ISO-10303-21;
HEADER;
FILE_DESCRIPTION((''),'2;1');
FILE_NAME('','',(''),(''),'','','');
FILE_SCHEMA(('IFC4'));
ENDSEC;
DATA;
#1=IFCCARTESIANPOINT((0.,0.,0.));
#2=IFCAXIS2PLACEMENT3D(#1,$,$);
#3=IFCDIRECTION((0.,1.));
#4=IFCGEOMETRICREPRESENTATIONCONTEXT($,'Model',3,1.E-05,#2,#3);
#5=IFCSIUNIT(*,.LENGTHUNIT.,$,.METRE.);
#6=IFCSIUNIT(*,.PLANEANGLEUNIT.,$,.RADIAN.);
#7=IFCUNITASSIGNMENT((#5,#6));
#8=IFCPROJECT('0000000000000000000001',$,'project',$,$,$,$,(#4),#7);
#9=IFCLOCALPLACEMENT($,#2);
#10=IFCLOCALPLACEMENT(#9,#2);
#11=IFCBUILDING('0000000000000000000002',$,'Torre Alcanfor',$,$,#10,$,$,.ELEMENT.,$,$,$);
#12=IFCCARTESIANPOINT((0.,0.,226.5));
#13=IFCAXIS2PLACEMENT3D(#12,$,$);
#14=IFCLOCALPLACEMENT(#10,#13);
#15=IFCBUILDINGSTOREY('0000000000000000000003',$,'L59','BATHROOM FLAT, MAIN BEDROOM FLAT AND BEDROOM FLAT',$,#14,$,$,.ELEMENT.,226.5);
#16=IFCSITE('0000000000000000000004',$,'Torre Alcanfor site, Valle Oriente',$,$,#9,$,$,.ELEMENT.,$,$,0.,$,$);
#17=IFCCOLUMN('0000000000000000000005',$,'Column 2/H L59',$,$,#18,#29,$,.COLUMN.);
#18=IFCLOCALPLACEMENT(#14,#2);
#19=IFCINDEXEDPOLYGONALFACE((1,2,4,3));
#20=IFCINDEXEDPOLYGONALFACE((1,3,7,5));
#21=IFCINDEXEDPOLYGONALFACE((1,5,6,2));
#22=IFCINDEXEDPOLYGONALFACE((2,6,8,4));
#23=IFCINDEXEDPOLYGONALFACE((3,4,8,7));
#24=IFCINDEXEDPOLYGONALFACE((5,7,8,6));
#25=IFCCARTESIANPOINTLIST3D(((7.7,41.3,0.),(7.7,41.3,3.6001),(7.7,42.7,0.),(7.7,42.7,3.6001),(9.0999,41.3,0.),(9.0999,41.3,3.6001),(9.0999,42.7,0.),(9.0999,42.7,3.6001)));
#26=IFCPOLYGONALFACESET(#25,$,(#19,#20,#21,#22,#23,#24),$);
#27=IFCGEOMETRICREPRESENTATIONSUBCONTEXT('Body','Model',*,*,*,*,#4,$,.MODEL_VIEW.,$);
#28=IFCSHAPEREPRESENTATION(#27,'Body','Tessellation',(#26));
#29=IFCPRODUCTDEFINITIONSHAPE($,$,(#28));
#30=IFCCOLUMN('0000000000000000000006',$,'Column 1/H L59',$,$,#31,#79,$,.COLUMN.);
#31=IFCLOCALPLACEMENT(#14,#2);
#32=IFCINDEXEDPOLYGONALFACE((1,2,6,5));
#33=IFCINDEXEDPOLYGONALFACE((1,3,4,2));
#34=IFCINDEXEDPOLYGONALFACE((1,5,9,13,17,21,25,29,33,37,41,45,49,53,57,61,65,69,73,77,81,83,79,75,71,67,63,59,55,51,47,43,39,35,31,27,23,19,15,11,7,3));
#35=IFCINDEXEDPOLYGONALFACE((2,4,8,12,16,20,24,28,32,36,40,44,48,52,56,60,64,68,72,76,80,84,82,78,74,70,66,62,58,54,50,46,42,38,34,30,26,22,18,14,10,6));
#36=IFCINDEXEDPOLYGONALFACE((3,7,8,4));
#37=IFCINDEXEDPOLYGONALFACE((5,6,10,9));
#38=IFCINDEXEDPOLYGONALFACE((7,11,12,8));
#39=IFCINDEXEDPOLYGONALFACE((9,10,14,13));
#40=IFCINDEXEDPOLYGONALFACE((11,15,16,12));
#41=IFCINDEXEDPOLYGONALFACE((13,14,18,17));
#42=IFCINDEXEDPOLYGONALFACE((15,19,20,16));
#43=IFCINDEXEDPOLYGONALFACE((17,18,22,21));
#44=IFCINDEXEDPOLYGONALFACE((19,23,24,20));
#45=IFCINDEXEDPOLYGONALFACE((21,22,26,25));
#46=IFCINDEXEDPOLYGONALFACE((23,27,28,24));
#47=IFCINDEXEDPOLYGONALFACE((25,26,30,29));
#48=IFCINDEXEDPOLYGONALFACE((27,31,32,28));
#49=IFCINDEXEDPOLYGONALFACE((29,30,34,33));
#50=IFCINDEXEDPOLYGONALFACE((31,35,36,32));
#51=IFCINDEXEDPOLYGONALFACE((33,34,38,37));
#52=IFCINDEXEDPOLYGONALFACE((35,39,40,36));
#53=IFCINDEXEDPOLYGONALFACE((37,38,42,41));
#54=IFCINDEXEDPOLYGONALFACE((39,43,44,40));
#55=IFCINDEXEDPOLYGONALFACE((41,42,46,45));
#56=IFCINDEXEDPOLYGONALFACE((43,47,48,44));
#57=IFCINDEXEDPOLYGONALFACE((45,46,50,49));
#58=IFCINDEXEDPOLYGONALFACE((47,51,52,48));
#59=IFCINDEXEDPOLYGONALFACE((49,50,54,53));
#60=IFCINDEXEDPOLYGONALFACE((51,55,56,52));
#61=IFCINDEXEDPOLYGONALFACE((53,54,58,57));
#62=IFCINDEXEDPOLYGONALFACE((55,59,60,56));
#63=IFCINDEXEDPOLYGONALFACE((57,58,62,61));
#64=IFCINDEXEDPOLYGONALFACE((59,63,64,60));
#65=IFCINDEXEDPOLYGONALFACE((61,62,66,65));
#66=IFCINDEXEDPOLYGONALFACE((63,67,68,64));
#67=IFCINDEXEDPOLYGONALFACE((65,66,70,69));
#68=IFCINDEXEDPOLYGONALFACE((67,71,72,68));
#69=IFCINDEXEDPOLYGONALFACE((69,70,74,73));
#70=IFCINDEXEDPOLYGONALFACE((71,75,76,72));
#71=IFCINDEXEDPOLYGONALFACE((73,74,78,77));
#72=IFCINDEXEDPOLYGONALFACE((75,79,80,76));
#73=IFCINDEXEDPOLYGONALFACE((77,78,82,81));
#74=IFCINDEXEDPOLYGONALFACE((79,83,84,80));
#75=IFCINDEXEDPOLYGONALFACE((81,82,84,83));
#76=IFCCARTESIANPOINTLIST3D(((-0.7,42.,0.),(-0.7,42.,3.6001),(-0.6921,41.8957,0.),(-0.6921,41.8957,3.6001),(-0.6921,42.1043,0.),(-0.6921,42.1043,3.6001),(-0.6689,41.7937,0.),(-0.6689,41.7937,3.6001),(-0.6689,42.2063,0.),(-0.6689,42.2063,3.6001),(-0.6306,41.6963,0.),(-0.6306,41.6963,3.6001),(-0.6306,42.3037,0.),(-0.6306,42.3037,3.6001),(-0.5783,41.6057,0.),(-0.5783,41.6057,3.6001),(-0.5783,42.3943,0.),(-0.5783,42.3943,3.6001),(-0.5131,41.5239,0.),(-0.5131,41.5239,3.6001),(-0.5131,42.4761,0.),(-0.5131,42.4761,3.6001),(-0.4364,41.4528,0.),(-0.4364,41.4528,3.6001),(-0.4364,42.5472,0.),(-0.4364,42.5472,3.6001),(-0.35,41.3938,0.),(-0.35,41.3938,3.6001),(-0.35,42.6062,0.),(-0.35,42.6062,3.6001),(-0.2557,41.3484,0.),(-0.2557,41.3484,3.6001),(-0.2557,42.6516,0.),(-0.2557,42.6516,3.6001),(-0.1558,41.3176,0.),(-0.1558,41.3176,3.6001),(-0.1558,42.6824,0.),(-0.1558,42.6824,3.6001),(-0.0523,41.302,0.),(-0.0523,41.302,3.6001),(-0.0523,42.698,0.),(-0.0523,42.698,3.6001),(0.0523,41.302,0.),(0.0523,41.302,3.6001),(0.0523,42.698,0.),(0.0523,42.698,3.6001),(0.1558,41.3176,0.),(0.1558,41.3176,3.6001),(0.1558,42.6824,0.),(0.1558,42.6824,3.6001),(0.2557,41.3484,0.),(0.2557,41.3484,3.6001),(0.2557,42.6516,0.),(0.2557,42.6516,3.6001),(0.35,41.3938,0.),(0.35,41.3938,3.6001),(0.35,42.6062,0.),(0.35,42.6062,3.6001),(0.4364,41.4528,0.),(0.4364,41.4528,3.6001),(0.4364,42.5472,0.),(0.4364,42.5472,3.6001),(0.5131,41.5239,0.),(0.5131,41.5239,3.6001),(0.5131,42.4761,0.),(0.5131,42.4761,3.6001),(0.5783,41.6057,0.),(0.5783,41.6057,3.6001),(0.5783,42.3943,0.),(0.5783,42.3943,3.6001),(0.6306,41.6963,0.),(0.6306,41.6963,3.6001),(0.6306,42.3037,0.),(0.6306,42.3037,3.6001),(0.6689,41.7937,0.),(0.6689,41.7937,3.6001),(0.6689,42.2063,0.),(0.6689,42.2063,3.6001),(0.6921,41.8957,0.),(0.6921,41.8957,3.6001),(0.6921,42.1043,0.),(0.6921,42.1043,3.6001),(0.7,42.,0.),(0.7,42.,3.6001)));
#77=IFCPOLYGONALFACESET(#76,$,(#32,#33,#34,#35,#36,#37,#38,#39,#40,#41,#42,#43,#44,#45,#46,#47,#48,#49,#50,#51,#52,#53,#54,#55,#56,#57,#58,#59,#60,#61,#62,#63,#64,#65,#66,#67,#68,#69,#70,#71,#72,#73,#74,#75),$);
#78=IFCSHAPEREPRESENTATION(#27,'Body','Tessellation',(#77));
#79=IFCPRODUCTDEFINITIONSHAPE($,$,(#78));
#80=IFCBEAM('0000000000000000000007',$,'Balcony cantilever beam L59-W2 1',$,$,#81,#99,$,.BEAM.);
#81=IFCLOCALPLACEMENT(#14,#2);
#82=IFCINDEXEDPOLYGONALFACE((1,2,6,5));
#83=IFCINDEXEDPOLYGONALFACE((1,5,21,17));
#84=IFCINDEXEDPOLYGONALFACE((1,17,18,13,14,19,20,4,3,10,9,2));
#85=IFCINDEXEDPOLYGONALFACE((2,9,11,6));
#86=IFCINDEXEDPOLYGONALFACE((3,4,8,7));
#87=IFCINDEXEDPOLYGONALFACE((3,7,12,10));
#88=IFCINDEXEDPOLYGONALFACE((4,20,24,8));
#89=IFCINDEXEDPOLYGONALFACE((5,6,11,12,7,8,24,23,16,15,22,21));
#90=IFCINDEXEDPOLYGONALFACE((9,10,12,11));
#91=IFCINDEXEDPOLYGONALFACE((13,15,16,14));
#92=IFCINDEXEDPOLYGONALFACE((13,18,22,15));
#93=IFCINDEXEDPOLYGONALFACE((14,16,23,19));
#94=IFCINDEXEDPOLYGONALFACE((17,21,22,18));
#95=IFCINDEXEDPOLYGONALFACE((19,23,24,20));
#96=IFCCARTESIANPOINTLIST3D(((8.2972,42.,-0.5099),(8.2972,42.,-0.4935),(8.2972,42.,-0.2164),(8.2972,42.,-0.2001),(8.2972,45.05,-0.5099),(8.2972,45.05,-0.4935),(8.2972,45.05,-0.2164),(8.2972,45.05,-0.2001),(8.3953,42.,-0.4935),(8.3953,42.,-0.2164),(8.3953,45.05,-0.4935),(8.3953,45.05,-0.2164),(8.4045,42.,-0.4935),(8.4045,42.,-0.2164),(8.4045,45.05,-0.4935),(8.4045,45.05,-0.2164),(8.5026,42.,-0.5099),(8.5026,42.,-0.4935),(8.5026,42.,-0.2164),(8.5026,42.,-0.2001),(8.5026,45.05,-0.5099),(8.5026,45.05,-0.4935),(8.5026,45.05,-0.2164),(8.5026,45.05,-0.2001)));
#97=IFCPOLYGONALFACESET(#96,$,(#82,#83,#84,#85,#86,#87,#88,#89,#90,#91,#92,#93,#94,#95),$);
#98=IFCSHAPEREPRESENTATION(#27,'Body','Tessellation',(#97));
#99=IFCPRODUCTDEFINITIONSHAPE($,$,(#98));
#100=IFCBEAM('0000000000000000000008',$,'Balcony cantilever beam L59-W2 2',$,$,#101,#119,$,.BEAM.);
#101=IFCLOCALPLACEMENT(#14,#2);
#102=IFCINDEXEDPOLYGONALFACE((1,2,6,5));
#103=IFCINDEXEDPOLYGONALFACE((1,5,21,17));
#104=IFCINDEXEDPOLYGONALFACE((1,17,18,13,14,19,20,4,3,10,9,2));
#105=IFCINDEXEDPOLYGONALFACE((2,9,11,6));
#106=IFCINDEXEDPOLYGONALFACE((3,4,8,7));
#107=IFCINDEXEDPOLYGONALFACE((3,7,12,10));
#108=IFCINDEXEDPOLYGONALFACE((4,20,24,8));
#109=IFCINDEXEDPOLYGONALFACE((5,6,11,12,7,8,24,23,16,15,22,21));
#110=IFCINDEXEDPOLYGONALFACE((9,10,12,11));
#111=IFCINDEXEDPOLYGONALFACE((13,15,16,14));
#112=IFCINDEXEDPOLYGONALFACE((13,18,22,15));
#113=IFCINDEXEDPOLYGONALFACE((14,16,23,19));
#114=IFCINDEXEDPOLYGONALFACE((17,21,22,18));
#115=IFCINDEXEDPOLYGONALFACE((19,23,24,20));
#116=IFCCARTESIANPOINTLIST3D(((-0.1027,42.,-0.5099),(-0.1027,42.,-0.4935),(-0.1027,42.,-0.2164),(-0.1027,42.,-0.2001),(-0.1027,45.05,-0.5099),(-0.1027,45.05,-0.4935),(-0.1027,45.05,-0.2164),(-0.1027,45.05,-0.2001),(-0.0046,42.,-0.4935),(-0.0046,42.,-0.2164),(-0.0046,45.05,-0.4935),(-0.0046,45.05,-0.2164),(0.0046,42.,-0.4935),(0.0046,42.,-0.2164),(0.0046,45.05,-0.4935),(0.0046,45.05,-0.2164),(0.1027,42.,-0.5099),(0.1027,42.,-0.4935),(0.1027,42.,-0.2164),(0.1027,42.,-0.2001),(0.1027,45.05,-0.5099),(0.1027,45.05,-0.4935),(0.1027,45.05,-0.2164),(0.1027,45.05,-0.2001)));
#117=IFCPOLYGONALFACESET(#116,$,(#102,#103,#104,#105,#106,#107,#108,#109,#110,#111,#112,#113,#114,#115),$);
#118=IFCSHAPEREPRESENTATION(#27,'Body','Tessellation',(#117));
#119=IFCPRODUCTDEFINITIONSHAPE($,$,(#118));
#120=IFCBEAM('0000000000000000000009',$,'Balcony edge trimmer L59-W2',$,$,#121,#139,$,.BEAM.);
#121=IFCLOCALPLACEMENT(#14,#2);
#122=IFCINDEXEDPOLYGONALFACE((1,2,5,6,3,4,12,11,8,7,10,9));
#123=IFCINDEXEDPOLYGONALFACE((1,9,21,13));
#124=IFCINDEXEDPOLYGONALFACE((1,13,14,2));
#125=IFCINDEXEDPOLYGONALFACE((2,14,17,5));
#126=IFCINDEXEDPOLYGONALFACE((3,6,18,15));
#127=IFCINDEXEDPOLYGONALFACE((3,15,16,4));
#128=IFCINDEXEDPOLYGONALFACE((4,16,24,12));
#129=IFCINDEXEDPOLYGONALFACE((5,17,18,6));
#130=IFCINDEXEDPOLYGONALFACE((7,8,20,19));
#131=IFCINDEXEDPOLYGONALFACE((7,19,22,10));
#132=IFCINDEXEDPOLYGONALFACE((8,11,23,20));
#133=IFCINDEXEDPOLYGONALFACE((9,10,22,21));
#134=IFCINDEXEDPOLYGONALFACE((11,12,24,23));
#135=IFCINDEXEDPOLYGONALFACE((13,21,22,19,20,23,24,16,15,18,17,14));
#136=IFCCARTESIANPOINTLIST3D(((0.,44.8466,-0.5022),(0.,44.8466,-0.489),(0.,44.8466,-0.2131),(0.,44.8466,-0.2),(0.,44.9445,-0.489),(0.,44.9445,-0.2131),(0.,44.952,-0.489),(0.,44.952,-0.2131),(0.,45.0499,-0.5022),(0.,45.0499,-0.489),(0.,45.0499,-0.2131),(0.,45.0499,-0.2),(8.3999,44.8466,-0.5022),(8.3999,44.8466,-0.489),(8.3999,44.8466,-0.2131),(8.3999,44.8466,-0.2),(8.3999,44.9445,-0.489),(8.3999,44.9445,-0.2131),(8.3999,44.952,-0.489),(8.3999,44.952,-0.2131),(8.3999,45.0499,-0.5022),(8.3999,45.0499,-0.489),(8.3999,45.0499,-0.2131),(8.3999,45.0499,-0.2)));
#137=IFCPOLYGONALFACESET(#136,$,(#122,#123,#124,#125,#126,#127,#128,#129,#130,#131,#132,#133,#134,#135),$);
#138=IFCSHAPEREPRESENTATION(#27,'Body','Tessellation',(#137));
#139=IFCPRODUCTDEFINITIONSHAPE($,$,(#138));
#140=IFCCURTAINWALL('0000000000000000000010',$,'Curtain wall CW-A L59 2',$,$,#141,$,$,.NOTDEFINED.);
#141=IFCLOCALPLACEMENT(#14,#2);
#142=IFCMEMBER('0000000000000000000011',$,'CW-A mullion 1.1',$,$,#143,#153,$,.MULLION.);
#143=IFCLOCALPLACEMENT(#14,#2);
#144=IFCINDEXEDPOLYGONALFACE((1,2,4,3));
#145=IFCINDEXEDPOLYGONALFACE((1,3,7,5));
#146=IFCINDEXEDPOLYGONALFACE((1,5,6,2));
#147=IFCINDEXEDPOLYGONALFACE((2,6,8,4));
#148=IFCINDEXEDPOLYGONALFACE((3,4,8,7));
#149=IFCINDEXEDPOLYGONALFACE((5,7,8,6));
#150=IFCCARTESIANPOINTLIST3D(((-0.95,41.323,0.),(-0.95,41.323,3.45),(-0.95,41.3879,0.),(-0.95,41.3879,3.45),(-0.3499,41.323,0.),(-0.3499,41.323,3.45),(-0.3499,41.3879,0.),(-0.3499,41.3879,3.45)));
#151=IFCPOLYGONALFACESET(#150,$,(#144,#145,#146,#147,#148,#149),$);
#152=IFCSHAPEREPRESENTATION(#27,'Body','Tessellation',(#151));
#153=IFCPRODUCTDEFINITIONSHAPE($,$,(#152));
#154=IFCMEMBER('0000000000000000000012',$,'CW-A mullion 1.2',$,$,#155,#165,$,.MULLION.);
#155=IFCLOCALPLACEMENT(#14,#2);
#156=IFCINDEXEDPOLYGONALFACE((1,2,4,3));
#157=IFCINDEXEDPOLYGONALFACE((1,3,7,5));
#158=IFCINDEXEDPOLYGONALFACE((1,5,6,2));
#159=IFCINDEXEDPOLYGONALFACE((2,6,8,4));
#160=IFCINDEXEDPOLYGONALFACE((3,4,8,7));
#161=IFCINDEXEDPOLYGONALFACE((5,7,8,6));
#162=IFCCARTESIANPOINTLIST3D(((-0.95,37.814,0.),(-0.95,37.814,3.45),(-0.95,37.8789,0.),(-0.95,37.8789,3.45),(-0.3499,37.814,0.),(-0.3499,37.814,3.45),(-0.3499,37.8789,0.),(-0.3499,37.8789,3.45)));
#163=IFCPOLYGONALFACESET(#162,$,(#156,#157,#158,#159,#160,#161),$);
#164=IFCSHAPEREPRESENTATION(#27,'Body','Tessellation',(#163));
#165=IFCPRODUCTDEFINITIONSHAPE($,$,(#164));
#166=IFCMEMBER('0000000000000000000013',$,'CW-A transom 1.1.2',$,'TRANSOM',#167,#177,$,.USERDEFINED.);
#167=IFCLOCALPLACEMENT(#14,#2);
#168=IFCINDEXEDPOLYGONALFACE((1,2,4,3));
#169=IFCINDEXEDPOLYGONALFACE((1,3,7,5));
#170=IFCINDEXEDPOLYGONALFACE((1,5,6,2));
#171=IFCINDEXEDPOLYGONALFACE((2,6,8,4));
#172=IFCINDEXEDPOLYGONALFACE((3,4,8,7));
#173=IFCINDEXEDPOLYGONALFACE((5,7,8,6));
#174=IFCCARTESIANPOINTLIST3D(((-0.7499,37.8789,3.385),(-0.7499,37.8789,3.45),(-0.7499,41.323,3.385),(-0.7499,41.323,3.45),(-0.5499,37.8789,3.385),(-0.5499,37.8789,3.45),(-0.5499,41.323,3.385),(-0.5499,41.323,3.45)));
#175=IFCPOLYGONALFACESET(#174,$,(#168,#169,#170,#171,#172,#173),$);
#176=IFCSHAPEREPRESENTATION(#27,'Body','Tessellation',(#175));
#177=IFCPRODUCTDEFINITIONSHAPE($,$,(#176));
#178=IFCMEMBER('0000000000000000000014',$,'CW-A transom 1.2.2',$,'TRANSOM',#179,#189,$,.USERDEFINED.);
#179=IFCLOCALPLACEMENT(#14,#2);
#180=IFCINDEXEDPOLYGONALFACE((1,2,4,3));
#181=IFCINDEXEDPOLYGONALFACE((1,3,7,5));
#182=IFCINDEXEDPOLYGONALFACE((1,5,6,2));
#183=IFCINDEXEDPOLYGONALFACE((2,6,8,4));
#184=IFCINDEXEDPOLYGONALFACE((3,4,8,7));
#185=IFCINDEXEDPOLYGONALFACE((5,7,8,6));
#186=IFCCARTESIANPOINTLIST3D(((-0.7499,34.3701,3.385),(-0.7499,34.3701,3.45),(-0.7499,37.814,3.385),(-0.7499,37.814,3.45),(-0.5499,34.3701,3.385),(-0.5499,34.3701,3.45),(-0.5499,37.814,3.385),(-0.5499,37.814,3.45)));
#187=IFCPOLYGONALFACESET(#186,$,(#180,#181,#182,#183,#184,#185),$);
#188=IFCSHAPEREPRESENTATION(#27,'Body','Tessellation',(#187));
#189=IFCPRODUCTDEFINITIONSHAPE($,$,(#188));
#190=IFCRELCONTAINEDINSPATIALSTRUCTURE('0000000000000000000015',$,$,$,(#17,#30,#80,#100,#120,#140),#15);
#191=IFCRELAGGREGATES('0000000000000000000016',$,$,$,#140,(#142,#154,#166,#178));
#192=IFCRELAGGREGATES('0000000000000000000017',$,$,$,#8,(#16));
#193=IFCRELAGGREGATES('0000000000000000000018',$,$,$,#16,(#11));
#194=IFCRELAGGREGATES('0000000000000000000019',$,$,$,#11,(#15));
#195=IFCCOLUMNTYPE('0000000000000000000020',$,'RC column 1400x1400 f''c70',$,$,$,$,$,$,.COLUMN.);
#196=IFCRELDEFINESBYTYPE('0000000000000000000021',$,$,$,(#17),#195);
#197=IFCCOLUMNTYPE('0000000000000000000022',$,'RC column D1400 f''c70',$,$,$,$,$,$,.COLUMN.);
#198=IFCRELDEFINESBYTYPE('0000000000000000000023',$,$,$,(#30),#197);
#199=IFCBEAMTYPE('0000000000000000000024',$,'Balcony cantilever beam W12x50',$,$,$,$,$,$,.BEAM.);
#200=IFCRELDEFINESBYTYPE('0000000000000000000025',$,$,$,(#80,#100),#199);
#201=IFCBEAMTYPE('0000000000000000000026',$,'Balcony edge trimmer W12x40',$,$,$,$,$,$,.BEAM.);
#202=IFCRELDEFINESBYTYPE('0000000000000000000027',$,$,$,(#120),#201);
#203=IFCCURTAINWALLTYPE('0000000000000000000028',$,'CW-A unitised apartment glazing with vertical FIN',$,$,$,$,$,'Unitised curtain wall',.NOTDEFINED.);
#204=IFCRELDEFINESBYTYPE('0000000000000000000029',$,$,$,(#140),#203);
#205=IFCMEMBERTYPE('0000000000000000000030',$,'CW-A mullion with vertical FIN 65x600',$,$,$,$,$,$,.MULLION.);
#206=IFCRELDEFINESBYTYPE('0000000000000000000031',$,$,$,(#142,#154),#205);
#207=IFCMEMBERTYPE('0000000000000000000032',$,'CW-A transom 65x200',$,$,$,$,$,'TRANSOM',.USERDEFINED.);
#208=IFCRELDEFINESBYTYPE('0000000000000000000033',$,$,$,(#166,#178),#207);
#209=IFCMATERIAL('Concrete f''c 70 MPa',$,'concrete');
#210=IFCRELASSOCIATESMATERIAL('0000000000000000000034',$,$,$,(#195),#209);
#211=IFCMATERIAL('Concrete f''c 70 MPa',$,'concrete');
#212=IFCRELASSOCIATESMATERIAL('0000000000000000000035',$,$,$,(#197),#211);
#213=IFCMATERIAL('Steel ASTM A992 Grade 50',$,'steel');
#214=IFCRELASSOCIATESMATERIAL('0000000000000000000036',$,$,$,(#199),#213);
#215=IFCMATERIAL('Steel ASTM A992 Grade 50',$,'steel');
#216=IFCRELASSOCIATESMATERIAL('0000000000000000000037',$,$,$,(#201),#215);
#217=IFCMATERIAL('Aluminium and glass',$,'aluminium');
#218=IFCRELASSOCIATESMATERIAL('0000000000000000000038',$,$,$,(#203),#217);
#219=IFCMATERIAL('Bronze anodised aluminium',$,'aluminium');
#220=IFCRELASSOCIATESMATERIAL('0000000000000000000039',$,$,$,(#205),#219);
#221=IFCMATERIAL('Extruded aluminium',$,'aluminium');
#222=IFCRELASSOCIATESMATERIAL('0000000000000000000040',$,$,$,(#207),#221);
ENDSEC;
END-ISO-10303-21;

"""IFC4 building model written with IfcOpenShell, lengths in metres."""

from ifc_helpers import new_model, si_unit, direction, frame, origin, origin_2d, place, context, subcontext, project, spatial, rectangle, circle, i_section, extrude, material, material_profile, profile_set, type_object, element, aggregate, save


model = new_model("IFC4")

# Units and contexts
model_context = context("Model", 3, precision=1e-05, world=origin(), true_north=direction((0.0, 1.0)))
body_context = subcontext(model_context, "Body", "Model", "MODEL_VIEW")
ifc_project = project(units=[si_unit("LENGTHUNIT", "METRE"), si_unit("PLANEANGLEUNIT", "RADIAN")], contexts=[model_context])

# Site, building, storey
site_placement = place(None, origin())
site = spatial("IfcSite", under=ifc_project, at=site_placement, Name="Torre Alcanfor site, Valle Oriente", CompositionType="ELEMENT", RefElevation=0.0)
building_placement = place(site_placement, origin())
building = spatial("IfcBuilding", under=site, at=building_placement, Name="Torre Alcanfor", CompositionType="ELEMENT")
storey_placement = place(building_placement, frame((0.0, 0.0, 226.5)))
storey = spatial("IfcBuildingStorey", under=building, at=storey_placement, Name="L59", Description="BATHROOM FLAT, MAIN BEDROOM FLAT AND BEDROOM FLAT", CompositionType="ELEMENT", Elevation=226.5)

# Columns
ifc_material_1 = material(Name="Concrete f'c 70 MPa", Category="concrete")
ifc_material_profile_1 = material_profile(ifc_material_1, rectangle(XDim=1.3999, YDim=1.3999, at=origin_2d()), Name="1400x1400")
ifc_profile_set_1 = profile_set([ifc_material_profile_1], Name="Concrete f'c 70 MPa")
column_type_1 = type_object("IfcColumnType", Name="RC column 1400x1400 f'c70", PredefinedType="COLUMN", material=ifc_profile_set_1)
column_1_placement = place(storey_placement, frame((8.3999, 42.0, 0.0), z_axis=(0.0, 0.0, 1.0), x_axis=(1.0, 0.0, 0.0)))
element("IfcColumn", 1, at=column_1_placement, inside=storey, type_object=column_type_1, Name="Column 2/H L59", PredefinedType="COLUMN", context=body_context, shape_type="SweptSolid", body=[
    extrude(rectangle(XDim=1.3999, YDim=1.3999, at=origin_2d()), origin(), (0.0, 0.0, 1.0), 3.6001),
])
ifc_material_2 = material(Name="Concrete f'c 70 MPa", Category="concrete")
ifc_material_profile_2 = material_profile(ifc_material_2, circle(Radius=0.7, at=origin_2d()), Name="D1400")
ifc_profile_set_2 = profile_set([ifc_material_profile_2], Name="Concrete f'c 70 MPa")
column_type_2 = type_object("IfcColumnType", Name="RC column D1400 f'c70", PredefinedType="COLUMN", material=ifc_profile_set_2)
column_2_placement = place(storey_placement, frame((0.0, 42.0, 0.0), z_axis=(0.0, 0.0, 1.0), x_axis=(1.0, 0.0, 0.0)))
element("IfcColumn", 2, at=column_2_placement, inside=storey, type_object=column_type_2, Name="Column 1/H L59", PredefinedType="COLUMN", context=body_context, shape_type="SweptSolid", body=[
    extrude(circle(Radius=0.7, at=origin_2d()), origin(), (0.0, 0.0, 1.0), 3.6001),
])

# Beams
ifc_material_3 = material(Name="Steel ASTM A992 Grade 50", Category="steel")
ifc_material_profile_3 = material_profile(ifc_material_3, i_section(OverallWidth=0.2053, OverallDepth=0.3098, WebThickness=0.0093, FlangeThickness=0.0164, at=origin_2d()), Name="W12x50")
ifc_profile_set_3 = profile_set([ifc_material_profile_3], Name="Steel ASTM A992 Grade 50")
beam_type_1 = type_object("IfcBeamType", Name="Balcony cantilever beam W12x50", PredefinedType="BEAM", material=ifc_profile_set_3)
for number, where, z_axis, x_axis, name in (
    (3, (8.3999, 42.0, -0.355), (0.0, 1.0, 0.0), (-1.0, 0.0, 0.0), "Balcony cantilever beam L59-W2 1"),
    (4, (0.0, 42.0, -0.355), (0.0, 1.0, 0.0), (-1.0, 0.0, 0.0), "Balcony cantilever beam L59-W2 2"),
):
    element("IfcBeam", number, at=place(storey_placement, frame(where, z_axis=z_axis, x_axis=x_axis)), inside=storey, type_object=beam_type_1, Name=name, PredefinedType="BEAM", context=body_context, shape_type="SweptSolid", body=[
        extrude(i_section(OverallWidth=0.2053, OverallDepth=0.3098, WebThickness=0.0093, FlangeThickness=0.0164, at=origin_2d()), origin(), (0.0, 0.0, 1.0), 3.05),
    ])
ifc_material_4 = material(Name="Steel ASTM A992 Grade 50", Category="steel")
ifc_material_profile_4 = material_profile(ifc_material_4, i_section(OverallWidth=0.2034, OverallDepth=0.3022, WebThickness=0.0076, FlangeThickness=0.0132, at=origin_2d()), Name="W12x40")
ifc_profile_set_4 = profile_set([ifc_material_profile_4], Name="Steel ASTM A992 Grade 50")
beam_type_2 = type_object("IfcBeamType", Name="Balcony edge trimmer W12x40", PredefinedType="BEAM", material=ifc_profile_set_4)
beam_1_placement = place(storey_placement, frame((8.3999, 44.9482, -0.3511), z_axis=(-1.0, 0.0, 0.0), x_axis=(0.0, -1.0, 0.0)))
element("IfcBeam", 5, at=beam_1_placement, inside=storey, type_object=beam_type_2, Name="Balcony edge trimmer L59-W2", PredefinedType="BEAM", context=body_context, shape_type="SweptSolid", body=[
    extrude(i_section(OverallWidth=0.2034, OverallDepth=0.3022, WebThickness=0.0076, FlangeThickness=0.0132, at=origin_2d()), origin(), (0.0, 0.0, 1.0), 8.3999),
])

# Curtain wall, members
ifc_material_5 = material(Name="Aluminium and glass", Category="aluminium")
curtain_wall_type = type_object("IfcCurtainWallType", Name="CW-A unitised apartment glazing with vertical FIN", ElementType="Unitised curtain wall", PredefinedType="NOTDEFINED", material=ifc_material_5)
curtain_wall_placement = place(storey_placement, origin())
curtain_wall = element("IfcCurtainWall", 6, at=curtain_wall_placement, inside=storey, type_object=curtain_wall_type, Name="Curtain wall CW-A L59 2", PredefinedType="NOTDEFINED")
ifc_material_6 = material(Name="Bronze anodised aluminium", Category="aluminium")
ifc_material_profile_5 = material_profile(ifc_material_6, rectangle(XDim=0.6001, YDim=0.0649, at=origin_2d()), Name="CW-A mullion 65x600")
ifc_profile_set_5 = profile_set([ifc_material_profile_5], Name="Bronze anodised aluminium")
member_type_1 = type_object("IfcMemberType", Name="CW-A mullion with vertical FIN 65x600", PredefinedType="MULLION", material=ifc_profile_set_5)
member_1_placement = place(storey_placement, frame((-0.6499, 41.3555, 0.0), z_axis=(0.0, 0.0, 1.0), x_axis=(1.0, 0.0, 0.0)))
member_1 = element("IfcMember", 7, at=member_1_placement, type_object=member_type_1, Name="CW-A mullion 1.1", PredefinedType="MULLION", context=body_context, shape_type="SweptSolid", body=[
    extrude(rectangle(XDim=0.6001, YDim=0.0649, at=origin_2d()), origin(), (0.0, 0.0, 1.0), 3.45),
])
member_2_placement = place(storey_placement, frame((-0.6499, 37.8464, 0.0), z_axis=(0.0, 0.0, 1.0), x_axis=(1.0, 0.0, 0.0)))
member_2 = element("IfcMember", 8, at=member_2_placement, type_object=member_type_1, Name="CW-A mullion 1.2", PredefinedType="MULLION", context=body_context, shape_type="SweptSolid", body=[
    extrude(rectangle(XDim=0.6001, YDim=0.0649, at=origin_2d()), origin(), (0.0, 0.0, 1.0), 3.45),
])
ifc_material_7 = material(Name="Extruded aluminium", Category="aluminium")
ifc_material_profile_6 = material_profile(ifc_material_7, rectangle(XDim=0.2, YDim=0.0649, at=origin_2d()), Name="CW-A transom 200x65")
ifc_profile_set_6 = profile_set([ifc_material_profile_6], Name="Extruded aluminium")
member_type_2 = type_object("IfcMemberType", Name="CW-A transom 65x200", ElementType="TRANSOM", PredefinedType="USERDEFINED", material=ifc_profile_set_6)
member_3_placement = place(storey_placement, frame((-0.6499, 41.323, 3.4175), z_axis=(0.0, -1.0, 0.0), x_axis=(1.0, 0.0, 0.0)))
member_3 = element("IfcMember", 9, at=member_3_placement, type_object=member_type_2, Name="CW-A transom 1.1.2", ObjectType="TRANSOM", PredefinedType="USERDEFINED", context=body_context, shape_type="SweptSolid", body=[
    extrude(rectangle(XDim=0.2, YDim=0.0649, at=origin_2d()), origin(), (0.0, 0.0, 1.0), 3.4441),
])
member_4_placement = place(storey_placement, frame((-0.6499, 37.814, 3.4175), z_axis=(0.0, -1.0, 0.0), x_axis=(1.0, 0.0, 0.0)))
member_4 = element("IfcMember", 10, at=member_4_placement, type_object=member_type_2, Name="CW-A transom 1.2.2", ObjectType="TRANSOM", PredefinedType="USERDEFINED", context=body_context, shape_type="SweptSolid", body=[
    extrude(rectangle(XDim=0.2, YDim=0.0649, at=origin_2d()), origin(), (0.0, 0.0, 1.0), 3.4438),
])

aggregate(curtain_wall, [member_1, member_2, member_3, member_4])

save(model, "model.ifc")
